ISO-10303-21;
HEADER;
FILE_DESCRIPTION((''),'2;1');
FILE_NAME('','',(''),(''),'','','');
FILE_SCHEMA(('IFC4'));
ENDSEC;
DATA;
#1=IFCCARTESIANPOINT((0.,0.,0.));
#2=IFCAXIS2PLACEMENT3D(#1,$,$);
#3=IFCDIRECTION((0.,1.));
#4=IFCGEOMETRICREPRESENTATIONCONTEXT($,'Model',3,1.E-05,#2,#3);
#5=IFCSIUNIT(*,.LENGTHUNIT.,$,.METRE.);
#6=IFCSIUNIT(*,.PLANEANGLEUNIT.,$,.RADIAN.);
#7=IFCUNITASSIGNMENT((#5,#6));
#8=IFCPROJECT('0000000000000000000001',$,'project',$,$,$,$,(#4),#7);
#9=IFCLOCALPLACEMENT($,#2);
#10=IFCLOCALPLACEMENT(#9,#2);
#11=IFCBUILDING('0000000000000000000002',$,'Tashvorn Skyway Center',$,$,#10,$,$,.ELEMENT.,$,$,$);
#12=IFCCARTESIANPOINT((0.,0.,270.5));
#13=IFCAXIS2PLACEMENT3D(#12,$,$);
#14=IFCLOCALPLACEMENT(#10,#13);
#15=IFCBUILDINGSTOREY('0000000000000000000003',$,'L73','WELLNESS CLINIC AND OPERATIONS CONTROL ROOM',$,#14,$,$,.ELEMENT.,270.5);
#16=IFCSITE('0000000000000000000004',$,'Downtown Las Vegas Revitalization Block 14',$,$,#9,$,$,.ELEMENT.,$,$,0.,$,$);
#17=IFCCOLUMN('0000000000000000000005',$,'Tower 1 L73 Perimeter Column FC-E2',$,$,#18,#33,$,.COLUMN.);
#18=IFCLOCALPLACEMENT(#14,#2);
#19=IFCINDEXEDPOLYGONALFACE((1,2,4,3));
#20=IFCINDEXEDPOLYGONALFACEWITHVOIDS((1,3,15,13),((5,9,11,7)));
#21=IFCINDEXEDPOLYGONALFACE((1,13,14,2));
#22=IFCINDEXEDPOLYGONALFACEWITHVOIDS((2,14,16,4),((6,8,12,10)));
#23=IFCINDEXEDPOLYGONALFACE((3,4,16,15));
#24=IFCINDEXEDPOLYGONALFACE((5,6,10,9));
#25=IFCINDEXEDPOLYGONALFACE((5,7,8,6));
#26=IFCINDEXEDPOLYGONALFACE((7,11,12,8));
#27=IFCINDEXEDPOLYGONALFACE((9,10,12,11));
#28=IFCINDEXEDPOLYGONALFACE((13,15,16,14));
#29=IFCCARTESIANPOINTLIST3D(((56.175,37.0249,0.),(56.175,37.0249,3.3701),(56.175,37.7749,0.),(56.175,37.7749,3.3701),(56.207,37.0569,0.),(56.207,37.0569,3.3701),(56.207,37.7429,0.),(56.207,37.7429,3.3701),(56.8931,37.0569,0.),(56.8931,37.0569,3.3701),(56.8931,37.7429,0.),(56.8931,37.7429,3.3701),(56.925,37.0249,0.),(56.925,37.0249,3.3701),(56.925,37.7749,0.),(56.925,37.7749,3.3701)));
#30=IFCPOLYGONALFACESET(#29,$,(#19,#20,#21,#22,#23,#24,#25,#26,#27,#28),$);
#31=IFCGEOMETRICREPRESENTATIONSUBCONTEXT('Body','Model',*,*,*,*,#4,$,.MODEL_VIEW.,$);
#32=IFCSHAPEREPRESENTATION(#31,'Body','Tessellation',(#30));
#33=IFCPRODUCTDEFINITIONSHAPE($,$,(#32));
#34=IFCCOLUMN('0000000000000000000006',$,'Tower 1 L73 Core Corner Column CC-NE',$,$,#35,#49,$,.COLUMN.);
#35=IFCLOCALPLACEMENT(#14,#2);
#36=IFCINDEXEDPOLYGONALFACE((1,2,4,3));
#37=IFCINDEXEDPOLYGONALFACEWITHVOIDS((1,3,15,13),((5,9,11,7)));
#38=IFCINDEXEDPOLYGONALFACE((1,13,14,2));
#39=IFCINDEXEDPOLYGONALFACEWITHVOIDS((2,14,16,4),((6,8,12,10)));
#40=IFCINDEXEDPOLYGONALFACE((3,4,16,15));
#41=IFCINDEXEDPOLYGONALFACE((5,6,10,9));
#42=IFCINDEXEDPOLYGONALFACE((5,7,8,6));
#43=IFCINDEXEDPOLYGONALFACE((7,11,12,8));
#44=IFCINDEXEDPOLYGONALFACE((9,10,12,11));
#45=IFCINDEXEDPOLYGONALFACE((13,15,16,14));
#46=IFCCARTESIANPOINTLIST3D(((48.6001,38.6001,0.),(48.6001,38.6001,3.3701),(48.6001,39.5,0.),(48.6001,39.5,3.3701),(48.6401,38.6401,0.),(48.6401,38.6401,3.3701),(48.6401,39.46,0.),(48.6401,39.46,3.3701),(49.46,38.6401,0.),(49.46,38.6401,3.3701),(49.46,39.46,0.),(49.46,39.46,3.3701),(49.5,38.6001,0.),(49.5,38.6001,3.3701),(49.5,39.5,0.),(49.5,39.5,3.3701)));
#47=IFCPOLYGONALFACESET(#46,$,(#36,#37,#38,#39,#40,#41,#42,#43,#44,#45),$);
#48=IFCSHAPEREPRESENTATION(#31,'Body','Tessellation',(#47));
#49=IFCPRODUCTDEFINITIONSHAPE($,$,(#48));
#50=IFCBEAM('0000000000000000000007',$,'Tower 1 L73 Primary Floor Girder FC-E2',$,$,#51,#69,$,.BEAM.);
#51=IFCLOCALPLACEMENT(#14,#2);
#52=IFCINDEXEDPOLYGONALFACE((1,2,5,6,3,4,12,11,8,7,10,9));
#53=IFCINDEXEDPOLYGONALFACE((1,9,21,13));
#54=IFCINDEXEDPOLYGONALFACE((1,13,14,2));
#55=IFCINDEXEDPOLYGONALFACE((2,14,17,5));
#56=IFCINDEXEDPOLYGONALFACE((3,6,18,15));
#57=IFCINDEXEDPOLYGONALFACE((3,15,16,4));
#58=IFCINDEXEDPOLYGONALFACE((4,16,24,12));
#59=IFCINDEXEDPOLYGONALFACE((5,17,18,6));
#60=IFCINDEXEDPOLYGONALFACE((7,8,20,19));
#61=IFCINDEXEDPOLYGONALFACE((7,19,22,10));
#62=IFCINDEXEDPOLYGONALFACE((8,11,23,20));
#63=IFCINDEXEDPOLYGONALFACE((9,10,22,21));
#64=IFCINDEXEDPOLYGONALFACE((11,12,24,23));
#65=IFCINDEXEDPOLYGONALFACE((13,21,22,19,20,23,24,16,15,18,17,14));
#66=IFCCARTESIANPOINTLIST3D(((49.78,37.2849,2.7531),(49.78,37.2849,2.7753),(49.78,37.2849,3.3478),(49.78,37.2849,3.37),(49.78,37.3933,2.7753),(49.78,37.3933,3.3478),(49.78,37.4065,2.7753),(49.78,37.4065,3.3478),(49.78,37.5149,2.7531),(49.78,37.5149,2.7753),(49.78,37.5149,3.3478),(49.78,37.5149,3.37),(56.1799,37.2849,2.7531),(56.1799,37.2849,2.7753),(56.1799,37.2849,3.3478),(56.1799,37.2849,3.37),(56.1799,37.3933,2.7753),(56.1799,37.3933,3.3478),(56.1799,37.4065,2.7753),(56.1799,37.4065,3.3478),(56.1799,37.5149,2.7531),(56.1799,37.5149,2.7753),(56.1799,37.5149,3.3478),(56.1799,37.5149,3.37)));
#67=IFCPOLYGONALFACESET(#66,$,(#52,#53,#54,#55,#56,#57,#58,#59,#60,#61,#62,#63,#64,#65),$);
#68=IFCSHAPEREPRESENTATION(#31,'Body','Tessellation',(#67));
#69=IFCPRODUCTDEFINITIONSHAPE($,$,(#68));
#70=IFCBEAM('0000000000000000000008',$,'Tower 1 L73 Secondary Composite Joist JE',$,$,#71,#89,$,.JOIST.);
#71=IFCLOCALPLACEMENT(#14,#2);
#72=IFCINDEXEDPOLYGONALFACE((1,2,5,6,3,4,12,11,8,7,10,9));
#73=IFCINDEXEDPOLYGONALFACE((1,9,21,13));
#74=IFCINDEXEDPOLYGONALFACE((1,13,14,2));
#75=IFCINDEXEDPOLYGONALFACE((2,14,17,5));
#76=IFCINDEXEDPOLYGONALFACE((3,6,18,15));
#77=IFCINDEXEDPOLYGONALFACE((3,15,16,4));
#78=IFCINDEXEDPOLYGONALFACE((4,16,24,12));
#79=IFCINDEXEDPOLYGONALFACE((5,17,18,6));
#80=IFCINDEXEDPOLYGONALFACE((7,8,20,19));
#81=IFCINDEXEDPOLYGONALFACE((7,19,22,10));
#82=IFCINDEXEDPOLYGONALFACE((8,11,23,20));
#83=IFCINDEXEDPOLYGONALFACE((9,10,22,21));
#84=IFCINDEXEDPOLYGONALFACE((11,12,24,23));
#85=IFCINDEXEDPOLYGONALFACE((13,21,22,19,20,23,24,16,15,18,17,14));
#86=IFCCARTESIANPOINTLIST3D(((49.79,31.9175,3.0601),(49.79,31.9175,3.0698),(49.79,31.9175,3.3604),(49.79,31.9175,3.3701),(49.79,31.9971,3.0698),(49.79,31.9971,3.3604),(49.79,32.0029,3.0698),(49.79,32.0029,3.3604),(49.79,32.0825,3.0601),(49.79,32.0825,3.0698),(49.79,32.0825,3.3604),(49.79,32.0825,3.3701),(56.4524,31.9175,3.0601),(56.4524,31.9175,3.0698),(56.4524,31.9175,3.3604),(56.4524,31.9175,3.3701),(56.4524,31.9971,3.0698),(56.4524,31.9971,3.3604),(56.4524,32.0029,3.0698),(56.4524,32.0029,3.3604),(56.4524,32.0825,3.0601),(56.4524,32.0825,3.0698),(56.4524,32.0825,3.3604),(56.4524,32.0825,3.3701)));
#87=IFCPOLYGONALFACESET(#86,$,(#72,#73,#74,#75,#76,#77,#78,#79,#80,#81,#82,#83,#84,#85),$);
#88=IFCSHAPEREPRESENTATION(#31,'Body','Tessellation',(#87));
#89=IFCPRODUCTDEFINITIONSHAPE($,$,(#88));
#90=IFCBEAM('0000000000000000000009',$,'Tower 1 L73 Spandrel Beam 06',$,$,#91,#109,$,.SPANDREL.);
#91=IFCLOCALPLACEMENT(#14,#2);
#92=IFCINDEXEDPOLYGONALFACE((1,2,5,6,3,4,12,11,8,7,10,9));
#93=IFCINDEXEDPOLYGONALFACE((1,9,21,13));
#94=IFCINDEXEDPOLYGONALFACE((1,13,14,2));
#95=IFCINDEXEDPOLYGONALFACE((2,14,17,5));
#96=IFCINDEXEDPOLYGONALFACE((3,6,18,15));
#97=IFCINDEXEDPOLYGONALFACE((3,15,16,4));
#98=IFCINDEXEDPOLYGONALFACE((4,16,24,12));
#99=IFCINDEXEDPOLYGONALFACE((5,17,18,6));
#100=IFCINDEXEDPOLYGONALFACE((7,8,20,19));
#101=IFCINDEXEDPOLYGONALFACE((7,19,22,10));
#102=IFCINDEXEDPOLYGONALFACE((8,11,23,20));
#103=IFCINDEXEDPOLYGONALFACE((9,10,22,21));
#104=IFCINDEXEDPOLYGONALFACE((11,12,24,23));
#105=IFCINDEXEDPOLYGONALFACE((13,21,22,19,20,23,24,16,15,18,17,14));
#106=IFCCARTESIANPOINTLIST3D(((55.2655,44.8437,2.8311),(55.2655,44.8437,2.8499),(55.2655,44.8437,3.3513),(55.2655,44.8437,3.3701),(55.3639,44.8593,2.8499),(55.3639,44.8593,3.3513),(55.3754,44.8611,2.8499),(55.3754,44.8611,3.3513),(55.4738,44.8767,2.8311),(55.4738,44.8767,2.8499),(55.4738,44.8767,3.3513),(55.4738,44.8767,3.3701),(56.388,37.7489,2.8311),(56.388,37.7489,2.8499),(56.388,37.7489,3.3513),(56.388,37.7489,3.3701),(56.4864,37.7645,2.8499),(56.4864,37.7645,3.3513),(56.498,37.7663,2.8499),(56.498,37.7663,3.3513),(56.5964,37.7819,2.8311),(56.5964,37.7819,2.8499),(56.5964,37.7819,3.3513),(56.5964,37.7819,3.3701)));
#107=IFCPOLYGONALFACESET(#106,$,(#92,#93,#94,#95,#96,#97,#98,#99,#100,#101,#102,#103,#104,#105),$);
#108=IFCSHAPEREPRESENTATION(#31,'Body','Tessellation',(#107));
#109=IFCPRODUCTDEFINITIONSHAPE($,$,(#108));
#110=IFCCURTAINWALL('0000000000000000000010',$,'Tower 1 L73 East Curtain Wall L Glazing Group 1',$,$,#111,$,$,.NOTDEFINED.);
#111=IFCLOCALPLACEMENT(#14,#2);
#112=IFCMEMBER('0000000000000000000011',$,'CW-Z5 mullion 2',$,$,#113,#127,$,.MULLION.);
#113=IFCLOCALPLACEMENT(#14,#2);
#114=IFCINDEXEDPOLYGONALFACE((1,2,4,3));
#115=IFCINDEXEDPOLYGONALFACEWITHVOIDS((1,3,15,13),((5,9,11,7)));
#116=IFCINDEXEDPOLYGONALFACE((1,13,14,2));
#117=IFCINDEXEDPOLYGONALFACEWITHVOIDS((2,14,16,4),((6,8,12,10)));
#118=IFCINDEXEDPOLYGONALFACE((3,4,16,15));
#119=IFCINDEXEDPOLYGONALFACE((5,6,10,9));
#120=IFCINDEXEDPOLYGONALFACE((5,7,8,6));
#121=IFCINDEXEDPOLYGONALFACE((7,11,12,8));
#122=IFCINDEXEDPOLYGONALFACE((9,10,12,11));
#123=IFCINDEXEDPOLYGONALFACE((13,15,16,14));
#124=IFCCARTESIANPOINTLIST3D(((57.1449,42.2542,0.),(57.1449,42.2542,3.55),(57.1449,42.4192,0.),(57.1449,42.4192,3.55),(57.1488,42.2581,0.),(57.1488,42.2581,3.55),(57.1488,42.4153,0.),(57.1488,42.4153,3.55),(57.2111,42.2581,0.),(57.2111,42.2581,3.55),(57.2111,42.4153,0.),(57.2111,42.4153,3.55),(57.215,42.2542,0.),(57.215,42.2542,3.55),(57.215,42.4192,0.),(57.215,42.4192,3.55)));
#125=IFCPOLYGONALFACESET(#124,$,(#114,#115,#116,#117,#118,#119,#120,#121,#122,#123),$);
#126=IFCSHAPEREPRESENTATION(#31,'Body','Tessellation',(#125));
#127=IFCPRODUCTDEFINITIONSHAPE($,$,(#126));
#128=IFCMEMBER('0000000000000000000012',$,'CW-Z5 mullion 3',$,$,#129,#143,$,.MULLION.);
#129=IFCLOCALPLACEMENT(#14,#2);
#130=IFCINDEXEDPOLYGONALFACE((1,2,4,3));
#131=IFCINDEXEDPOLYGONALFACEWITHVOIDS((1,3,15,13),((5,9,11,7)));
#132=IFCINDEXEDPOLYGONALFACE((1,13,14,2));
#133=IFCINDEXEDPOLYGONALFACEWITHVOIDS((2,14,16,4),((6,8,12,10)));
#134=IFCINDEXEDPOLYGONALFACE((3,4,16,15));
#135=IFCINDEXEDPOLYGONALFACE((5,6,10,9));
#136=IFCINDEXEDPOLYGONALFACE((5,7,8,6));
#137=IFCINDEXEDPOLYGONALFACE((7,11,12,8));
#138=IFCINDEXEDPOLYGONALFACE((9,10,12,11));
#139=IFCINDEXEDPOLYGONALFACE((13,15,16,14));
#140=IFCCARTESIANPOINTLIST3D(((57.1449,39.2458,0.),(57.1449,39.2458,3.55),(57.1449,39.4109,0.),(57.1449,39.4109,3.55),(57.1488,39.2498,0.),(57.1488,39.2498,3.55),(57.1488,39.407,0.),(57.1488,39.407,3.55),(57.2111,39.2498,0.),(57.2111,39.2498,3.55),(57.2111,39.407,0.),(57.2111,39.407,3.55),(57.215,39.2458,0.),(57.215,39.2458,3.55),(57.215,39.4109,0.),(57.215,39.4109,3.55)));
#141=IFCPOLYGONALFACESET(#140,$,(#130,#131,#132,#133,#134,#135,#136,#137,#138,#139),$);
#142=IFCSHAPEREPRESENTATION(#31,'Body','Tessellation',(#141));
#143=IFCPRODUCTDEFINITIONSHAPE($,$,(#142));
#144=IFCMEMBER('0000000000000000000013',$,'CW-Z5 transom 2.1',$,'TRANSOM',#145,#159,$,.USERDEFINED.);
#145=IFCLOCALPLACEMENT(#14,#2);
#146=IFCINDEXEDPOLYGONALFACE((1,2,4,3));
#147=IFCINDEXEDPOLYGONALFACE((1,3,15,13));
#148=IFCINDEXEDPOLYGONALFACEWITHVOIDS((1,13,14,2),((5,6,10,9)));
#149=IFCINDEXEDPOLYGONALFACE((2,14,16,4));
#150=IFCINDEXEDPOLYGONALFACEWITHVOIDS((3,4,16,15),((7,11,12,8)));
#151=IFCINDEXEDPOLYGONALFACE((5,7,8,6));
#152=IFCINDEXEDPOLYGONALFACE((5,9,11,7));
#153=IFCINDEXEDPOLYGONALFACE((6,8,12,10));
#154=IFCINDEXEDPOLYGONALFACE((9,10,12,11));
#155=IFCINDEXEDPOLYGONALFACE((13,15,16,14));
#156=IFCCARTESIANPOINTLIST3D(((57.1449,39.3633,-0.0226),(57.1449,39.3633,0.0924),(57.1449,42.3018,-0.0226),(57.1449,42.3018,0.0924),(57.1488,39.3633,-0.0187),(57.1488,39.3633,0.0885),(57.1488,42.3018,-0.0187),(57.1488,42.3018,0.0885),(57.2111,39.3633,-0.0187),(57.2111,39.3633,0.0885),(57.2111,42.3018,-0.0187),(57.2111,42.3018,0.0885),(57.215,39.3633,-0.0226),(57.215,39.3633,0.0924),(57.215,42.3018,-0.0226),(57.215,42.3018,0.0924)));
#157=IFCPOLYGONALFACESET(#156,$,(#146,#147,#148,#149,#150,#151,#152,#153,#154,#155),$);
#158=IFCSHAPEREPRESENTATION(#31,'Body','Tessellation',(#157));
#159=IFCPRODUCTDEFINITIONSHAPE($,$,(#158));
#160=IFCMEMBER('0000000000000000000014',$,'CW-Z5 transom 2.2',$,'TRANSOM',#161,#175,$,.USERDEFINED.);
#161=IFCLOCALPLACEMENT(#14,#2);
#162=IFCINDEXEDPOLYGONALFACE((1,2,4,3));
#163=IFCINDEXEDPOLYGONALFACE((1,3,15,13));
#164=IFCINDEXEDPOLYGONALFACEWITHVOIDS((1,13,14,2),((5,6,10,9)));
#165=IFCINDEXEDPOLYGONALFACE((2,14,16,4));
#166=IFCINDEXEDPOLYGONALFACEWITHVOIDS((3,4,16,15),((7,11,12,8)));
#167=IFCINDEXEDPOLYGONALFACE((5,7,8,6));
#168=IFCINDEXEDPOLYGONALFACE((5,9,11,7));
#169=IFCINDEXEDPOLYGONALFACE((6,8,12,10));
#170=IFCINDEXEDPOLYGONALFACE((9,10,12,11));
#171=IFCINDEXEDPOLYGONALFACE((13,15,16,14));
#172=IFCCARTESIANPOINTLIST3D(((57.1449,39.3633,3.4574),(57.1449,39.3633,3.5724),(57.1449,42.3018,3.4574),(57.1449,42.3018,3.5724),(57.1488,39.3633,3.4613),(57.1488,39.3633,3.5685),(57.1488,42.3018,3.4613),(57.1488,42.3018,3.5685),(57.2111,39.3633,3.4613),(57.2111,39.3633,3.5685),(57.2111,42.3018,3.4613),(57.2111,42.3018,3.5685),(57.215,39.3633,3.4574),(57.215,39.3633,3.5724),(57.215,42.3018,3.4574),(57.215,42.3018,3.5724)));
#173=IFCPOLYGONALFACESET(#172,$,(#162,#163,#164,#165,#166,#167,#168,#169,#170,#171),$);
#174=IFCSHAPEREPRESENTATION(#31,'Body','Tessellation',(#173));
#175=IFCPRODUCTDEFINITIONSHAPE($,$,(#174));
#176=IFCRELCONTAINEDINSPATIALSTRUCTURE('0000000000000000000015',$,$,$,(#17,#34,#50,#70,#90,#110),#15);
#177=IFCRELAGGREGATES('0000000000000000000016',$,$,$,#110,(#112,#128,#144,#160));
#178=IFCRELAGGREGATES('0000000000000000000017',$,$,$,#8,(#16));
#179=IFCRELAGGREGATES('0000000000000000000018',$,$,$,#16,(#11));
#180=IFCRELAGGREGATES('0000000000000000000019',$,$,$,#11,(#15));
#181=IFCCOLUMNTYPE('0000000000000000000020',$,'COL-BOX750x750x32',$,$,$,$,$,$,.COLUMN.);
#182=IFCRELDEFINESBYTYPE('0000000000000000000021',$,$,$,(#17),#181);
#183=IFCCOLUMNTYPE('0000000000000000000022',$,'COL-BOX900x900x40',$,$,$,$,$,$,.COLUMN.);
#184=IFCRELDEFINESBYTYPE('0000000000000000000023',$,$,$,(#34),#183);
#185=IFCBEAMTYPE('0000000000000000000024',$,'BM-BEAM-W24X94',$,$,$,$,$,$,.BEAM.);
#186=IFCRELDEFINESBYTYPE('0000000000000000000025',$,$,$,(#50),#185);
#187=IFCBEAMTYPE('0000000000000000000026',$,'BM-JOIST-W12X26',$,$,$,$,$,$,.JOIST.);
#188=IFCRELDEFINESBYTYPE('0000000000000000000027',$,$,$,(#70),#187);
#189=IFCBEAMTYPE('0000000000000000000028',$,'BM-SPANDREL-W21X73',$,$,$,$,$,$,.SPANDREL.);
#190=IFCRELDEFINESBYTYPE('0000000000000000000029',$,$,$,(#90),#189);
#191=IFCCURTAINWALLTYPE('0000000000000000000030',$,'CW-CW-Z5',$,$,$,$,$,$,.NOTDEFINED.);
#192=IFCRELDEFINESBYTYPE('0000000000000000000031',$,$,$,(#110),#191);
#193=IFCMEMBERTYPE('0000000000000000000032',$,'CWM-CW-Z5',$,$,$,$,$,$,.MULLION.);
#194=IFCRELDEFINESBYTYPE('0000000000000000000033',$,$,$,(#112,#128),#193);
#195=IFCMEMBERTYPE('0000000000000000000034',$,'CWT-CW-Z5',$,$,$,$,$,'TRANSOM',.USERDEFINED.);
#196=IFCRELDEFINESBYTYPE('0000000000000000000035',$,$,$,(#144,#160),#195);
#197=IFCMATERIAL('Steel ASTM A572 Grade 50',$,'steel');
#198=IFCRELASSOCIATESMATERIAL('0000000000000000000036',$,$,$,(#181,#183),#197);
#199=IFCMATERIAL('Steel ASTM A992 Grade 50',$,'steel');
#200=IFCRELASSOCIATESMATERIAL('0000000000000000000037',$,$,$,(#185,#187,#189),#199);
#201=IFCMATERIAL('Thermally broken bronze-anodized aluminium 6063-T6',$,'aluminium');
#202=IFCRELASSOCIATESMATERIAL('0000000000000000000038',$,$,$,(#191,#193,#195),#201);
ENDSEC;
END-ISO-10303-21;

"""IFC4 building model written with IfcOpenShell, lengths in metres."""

from ifc_helpers import new_model, si_unit, direction, frame, origin, origin_2d, place, context, subcontext, project, spatial, hollow_rectangle, i_section, extrude, material, material_profile, profile_set, type_object, element, aggregate, save


model = new_model("IFC4")

# Units and contexts
model_context = context("Model", 3, precision=1e-05, world=origin(), true_north=direction((0.0, 1.0)))
body_context = subcontext(model_context, "Body", "Model", "MODEL_VIEW")
ifc_project = project(units=[si_unit("LENGTHUNIT", "METRE"), si_unit("PLANEANGLEUNIT", "RADIAN")], contexts=[model_context])

# Site, building, storey
site_placement = place(None, origin())
site = spatial("IfcSite", under=ifc_project, at=site_placement, Name="Downtown Las Vegas Revitalization Block 14", CompositionType="ELEMENT", RefElevation=0.0)
building_placement = place(site_placement, origin())
building = spatial("IfcBuilding", under=site, at=building_placement, Name="Tashvorn Skyway Center", CompositionType="ELEMENT")
storey_placement = place(building_placement, frame((0.0, 0.0, 270.5)))
storey = spatial("IfcBuildingStorey", under=building, at=storey_placement, Name="L73", Description="WELLNESS CLINIC AND OPERATIONS CONTROL ROOM", CompositionType="ELEMENT", Elevation=270.5)

# Columns
ifc_material_1 = material(Name="Steel ASTM A572 Grade 50", Category="steel")
ifc_material_profile_1 = material_profile(ifc_material_1, hollow_rectangle(XDim=0.75, YDim=0.75, WallThickness=0.032, at=origin_2d()), Name="BOX750x750x32")
ifc_profile_set_1 = profile_set([ifc_material_profile_1], Name="Steel ASTM A572 Grade 50")
column_type_1 = type_object("IfcColumnType", Name="COL-BOX750x750x32", PredefinedType="COLUMN", material=ifc_profile_set_1)
column_1_placement = place(storey_placement, frame((56.55, 37.3999, 0.0), z_axis=(0.0, 0.0, 1.0), x_axis=(1.0, 0.0, 0.0)))
element("IfcColumn", 1, at=column_1_placement, inside=storey, type_object=column_type_1, Name="Tower 1 L73 Perimeter Column FC-E2", PredefinedType="COLUMN", context=body_context, shape_type="SweptSolid", body=[
    extrude(hollow_rectangle(XDim=0.75, YDim=0.75, WallThickness=0.032, at=origin_2d()), origin(), (0.0, 0.0, 1.0), 3.3701),
])
ifc_material_profile_2 = material_profile(ifc_material_1, hollow_rectangle(XDim=0.8999, YDim=0.8999, WallThickness=0.04, at=origin_2d()), Name="BOX900x900x40")
ifc_profile_set_2 = profile_set([ifc_material_profile_2], Name="Steel ASTM A572 Grade 50")
column_type_2 = type_object("IfcColumnType", Name="COL-BOX900x900x40", PredefinedType="COLUMN", material=ifc_profile_set_2)
column_2_placement = place(storey_placement, frame((49.05, 39.05, 0.0), z_axis=(0.0, 0.0, 1.0), x_axis=(1.0, 0.0, 0.0)))
element("IfcColumn", 2, at=column_2_placement, inside=storey, type_object=column_type_2, Name="Tower 1 L73 Core Corner Column CC-NE", PredefinedType="COLUMN", context=body_context, shape_type="SweptSolid", body=[
    extrude(hollow_rectangle(XDim=0.8999, YDim=0.8999, WallThickness=0.04, at=origin_2d()), origin(), (0.0, 0.0, 1.0), 3.3701),
])

# Beams
ifc_material_2 = material(Name="Steel ASTM A992 Grade 50", Category="steel")
ifc_material_profile_3 = material_profile(ifc_material_2, i_section(OverallWidth=0.23, OverallDepth=0.6169, WebThickness=0.0132, FlangeThickness=0.0222, at=origin_2d()), Name="W24X94")
ifc_profile_set_3 = profile_set([ifc_material_profile_3], Name="Steel ASTM A992 Grade 50")
beam_type_1 = type_object("IfcBeamType", Name="BM-BEAM-W24X94", PredefinedType="BEAM", material=ifc_profile_set_3)
beam_1_placement = place(storey_placement, frame((56.1799, 37.3999, 3.0615), z_axis=(-1.0, 0.0, 0.0), x_axis=(0.0, -1.0, 0.0)))
element("IfcBeam", 3, at=beam_1_placement, inside=storey, type_object=beam_type_1, Name="Tower 1 L73 Primary Floor Girder FC-E2", PredefinedType="BEAM", context=body_context, shape_type="SweptSolid", body=[
    extrude(i_section(OverallWidth=0.23, OverallDepth=0.6169, WebThickness=0.0132, FlangeThickness=0.0222, at=origin_2d()), origin(), (0.0, 0.0, 1.0), 6.3999),
])
ifc_material_profile_4 = material_profile(ifc_material_2, i_section(OverallWidth=0.165, OverallDepth=0.3101, WebThickness=0.0059, FlangeThickness=0.0098, at=origin_2d()), Name="W12X26")
ifc_profile_set_4 = profile_set([ifc_material_profile_4], Name="Steel ASTM A992 Grade 50")
beam_type_2 = type_object("IfcBeamType", Name="BM-JOIST-W12X26", PredefinedType="JOIST", material=ifc_profile_set_4)
beam_2_placement = place(storey_placement, frame((49.79, 32.0, 3.2151), z_axis=(1.0, 0.0, 0.0), x_axis=(0.0, 1.0, 0.0)))
element("IfcBeam", 4, at=beam_2_placement, inside=storey, type_object=beam_type_2, Name="Tower 1 L73 Secondary Composite Joist JE", PredefinedType="JOIST", context=body_context, shape_type="SweptSolid", body=[
    extrude(i_section(OverallWidth=0.165, OverallDepth=0.3101, WebThickness=0.0059, FlangeThickness=0.0098, at=origin_2d()), origin(), (0.0, 0.0, 1.0), 6.6624),
])
ifc_material_profile_5 = material_profile(ifc_material_2, i_section(OverallWidth=0.2109, OverallDepth=0.5391, WebThickness=0.0117, FlangeThickness=0.0188, at=origin_2d()), Name="W21X73")
ifc_profile_set_5 = profile_set([ifc_material_profile_5], Name="Steel ASTM A992 Grade 50")
beam_type_3 = type_object("IfcBeamType", Name="BM-SPANDREL-W21X73", PredefinedType="SPANDREL", material=ifc_profile_set_5)
beam_3_placement = place(storey_placement, frame((56.4922, 37.7654, 3.1006), z_axis=(-0.156275, 0.987714, 0.0), x_axis=(-0.987714, -0.156275, 0.0)))
element("IfcBeam", 5, at=beam_3_placement, inside=storey, type_object=beam_type_3, Name="Tower 1 L73 Spandrel Beam 06", PredefinedType="SPANDREL", context=body_context, shape_type="SweptSolid", body=[
    extrude(i_section(OverallWidth=0.2109, OverallDepth=0.5391, WebThickness=0.0117, FlangeThickness=0.0188, at=origin_2d()), origin(), (0.0, 0.0, 1.0), 7.1831),
])

# Curtain wall, members
ifc_material_3 = material(Name="Thermally broken bronze-anodized aluminium 6063-T6", Category="aluminium")
curtain_wall_type = type_object("IfcCurtainWallType", Name="CW-CW-Z5", PredefinedType="NOTDEFINED", material=ifc_material_3)
curtain_wall_placement = place(storey_placement, origin())
curtain_wall = element("IfcCurtainWall", 6, at=curtain_wall_placement, inside=storey, type_object=curtain_wall_type, Name="Tower 1 L73 East Curtain Wall L Glazing Group 1", PredefinedType="NOTDEFINED")
ifc_material_profile_6 = material_profile(ifc_material_3, hollow_rectangle(XDim=0.0701, YDim=0.165, WallThickness=0.0039, at=origin_2d()), Name="ALU-MULL-70x165")
ifc_profile_set_6 = profile_set([ifc_material_profile_6], Name="Thermally broken bronze-anodized aluminium 6063-T6")
member_type_1 = type_object("IfcMemberType", Name="CWM-CW-Z5", PredefinedType="MULLION", material=ifc_profile_set_6)
member_1_placement = place(storey_placement, frame((57.1799, 42.3367, 0.0), z_axis=(0.0, 0.0, 1.0), x_axis=(1.0, 0.0, 0.0)))
member_1 = element("IfcMember", 7, at=member_1_placement, type_object=member_type_1, Name="CW-Z5 mullion 2", PredefinedType="MULLION", context=body_context, shape_type="SweptSolid", body=[
    extrude(hollow_rectangle(XDim=0.0701, YDim=0.165, WallThickness=0.0039, at=origin_2d()), origin(), (0.0, 0.0, 1.0), 3.55),
])
member_2_placement = place(storey_placement, frame((57.1799, 39.3284, 0.0), z_axis=(0.0, 0.0, 1.0), x_axis=(1.0, 0.0, 0.0)))
member_2 = element("IfcMember", 8, at=member_2_placement, type_object=member_type_1, Name="CW-Z5 mullion 3", PredefinedType="MULLION", context=body_context, shape_type="SweptSolid", body=[
    extrude(hollow_rectangle(XDim=0.0701, YDim=0.165, WallThickness=0.0039, at=origin_2d()), origin(), (0.0, 0.0, 1.0), 3.55),
])
ifc_material_profile_7 = material_profile(ifc_material_3, hollow_rectangle(XDim=0.0701, YDim=0.115, WallThickness=0.0039, at=origin_2d()), Name="ALU-TRAN-70x115")
ifc_profile_set_7 = profile_set([ifc_material_profile_7], Name="Thermally broken bronze-anodized aluminium 6063-T6")
member_type_2 = type_object("IfcMemberType", Name="CWT-CW-Z5", ElementType="TRANSOM", PredefinedType="USERDEFINED", material=ifc_profile_set_7)
member_3_placement = place(storey_placement, frame((57.1799, 42.3018, 0.0349), z_axis=(0.0, -1.0, 0.0), x_axis=(1.0, 0.0, 0.0)))
member_3 = element("IfcMember", 9, at=member_3_placement, type_object=member_type_2, Name="CW-Z5 transom 2.1", ObjectType="TRANSOM", PredefinedType="USERDEFINED", context=body_context, shape_type="SweptSolid", body=[
    extrude(hollow_rectangle(XDim=0.0701, YDim=0.115, WallThickness=0.0039, at=origin_2d()), origin(), (0.0, 0.0, 1.0), 2.9385),
])
member_4_placement = place(storey_placement, frame((57.1799, 42.3018, 3.5149), z_axis=(0.0, -1.0, 0.0), x_axis=(1.0, 0.0, 0.0)))
member_4 = element("IfcMember", 10, at=member_4_placement, type_object=member_type_2, Name="CW-Z5 transom 2.2", ObjectType="TRANSOM", PredefinedType="USERDEFINED", context=body_context, shape_type="SweptSolid", body=[
    extrude(hollow_rectangle(XDim=0.0701, YDim=0.115, WallThickness=0.0039, at=origin_2d()), origin(), (0.0, 0.0, 1.0), 2.9385),
])

aggregate(curtain_wall, [member_1, member_2, member_3, member_4])

save(model, "model.ifc")
